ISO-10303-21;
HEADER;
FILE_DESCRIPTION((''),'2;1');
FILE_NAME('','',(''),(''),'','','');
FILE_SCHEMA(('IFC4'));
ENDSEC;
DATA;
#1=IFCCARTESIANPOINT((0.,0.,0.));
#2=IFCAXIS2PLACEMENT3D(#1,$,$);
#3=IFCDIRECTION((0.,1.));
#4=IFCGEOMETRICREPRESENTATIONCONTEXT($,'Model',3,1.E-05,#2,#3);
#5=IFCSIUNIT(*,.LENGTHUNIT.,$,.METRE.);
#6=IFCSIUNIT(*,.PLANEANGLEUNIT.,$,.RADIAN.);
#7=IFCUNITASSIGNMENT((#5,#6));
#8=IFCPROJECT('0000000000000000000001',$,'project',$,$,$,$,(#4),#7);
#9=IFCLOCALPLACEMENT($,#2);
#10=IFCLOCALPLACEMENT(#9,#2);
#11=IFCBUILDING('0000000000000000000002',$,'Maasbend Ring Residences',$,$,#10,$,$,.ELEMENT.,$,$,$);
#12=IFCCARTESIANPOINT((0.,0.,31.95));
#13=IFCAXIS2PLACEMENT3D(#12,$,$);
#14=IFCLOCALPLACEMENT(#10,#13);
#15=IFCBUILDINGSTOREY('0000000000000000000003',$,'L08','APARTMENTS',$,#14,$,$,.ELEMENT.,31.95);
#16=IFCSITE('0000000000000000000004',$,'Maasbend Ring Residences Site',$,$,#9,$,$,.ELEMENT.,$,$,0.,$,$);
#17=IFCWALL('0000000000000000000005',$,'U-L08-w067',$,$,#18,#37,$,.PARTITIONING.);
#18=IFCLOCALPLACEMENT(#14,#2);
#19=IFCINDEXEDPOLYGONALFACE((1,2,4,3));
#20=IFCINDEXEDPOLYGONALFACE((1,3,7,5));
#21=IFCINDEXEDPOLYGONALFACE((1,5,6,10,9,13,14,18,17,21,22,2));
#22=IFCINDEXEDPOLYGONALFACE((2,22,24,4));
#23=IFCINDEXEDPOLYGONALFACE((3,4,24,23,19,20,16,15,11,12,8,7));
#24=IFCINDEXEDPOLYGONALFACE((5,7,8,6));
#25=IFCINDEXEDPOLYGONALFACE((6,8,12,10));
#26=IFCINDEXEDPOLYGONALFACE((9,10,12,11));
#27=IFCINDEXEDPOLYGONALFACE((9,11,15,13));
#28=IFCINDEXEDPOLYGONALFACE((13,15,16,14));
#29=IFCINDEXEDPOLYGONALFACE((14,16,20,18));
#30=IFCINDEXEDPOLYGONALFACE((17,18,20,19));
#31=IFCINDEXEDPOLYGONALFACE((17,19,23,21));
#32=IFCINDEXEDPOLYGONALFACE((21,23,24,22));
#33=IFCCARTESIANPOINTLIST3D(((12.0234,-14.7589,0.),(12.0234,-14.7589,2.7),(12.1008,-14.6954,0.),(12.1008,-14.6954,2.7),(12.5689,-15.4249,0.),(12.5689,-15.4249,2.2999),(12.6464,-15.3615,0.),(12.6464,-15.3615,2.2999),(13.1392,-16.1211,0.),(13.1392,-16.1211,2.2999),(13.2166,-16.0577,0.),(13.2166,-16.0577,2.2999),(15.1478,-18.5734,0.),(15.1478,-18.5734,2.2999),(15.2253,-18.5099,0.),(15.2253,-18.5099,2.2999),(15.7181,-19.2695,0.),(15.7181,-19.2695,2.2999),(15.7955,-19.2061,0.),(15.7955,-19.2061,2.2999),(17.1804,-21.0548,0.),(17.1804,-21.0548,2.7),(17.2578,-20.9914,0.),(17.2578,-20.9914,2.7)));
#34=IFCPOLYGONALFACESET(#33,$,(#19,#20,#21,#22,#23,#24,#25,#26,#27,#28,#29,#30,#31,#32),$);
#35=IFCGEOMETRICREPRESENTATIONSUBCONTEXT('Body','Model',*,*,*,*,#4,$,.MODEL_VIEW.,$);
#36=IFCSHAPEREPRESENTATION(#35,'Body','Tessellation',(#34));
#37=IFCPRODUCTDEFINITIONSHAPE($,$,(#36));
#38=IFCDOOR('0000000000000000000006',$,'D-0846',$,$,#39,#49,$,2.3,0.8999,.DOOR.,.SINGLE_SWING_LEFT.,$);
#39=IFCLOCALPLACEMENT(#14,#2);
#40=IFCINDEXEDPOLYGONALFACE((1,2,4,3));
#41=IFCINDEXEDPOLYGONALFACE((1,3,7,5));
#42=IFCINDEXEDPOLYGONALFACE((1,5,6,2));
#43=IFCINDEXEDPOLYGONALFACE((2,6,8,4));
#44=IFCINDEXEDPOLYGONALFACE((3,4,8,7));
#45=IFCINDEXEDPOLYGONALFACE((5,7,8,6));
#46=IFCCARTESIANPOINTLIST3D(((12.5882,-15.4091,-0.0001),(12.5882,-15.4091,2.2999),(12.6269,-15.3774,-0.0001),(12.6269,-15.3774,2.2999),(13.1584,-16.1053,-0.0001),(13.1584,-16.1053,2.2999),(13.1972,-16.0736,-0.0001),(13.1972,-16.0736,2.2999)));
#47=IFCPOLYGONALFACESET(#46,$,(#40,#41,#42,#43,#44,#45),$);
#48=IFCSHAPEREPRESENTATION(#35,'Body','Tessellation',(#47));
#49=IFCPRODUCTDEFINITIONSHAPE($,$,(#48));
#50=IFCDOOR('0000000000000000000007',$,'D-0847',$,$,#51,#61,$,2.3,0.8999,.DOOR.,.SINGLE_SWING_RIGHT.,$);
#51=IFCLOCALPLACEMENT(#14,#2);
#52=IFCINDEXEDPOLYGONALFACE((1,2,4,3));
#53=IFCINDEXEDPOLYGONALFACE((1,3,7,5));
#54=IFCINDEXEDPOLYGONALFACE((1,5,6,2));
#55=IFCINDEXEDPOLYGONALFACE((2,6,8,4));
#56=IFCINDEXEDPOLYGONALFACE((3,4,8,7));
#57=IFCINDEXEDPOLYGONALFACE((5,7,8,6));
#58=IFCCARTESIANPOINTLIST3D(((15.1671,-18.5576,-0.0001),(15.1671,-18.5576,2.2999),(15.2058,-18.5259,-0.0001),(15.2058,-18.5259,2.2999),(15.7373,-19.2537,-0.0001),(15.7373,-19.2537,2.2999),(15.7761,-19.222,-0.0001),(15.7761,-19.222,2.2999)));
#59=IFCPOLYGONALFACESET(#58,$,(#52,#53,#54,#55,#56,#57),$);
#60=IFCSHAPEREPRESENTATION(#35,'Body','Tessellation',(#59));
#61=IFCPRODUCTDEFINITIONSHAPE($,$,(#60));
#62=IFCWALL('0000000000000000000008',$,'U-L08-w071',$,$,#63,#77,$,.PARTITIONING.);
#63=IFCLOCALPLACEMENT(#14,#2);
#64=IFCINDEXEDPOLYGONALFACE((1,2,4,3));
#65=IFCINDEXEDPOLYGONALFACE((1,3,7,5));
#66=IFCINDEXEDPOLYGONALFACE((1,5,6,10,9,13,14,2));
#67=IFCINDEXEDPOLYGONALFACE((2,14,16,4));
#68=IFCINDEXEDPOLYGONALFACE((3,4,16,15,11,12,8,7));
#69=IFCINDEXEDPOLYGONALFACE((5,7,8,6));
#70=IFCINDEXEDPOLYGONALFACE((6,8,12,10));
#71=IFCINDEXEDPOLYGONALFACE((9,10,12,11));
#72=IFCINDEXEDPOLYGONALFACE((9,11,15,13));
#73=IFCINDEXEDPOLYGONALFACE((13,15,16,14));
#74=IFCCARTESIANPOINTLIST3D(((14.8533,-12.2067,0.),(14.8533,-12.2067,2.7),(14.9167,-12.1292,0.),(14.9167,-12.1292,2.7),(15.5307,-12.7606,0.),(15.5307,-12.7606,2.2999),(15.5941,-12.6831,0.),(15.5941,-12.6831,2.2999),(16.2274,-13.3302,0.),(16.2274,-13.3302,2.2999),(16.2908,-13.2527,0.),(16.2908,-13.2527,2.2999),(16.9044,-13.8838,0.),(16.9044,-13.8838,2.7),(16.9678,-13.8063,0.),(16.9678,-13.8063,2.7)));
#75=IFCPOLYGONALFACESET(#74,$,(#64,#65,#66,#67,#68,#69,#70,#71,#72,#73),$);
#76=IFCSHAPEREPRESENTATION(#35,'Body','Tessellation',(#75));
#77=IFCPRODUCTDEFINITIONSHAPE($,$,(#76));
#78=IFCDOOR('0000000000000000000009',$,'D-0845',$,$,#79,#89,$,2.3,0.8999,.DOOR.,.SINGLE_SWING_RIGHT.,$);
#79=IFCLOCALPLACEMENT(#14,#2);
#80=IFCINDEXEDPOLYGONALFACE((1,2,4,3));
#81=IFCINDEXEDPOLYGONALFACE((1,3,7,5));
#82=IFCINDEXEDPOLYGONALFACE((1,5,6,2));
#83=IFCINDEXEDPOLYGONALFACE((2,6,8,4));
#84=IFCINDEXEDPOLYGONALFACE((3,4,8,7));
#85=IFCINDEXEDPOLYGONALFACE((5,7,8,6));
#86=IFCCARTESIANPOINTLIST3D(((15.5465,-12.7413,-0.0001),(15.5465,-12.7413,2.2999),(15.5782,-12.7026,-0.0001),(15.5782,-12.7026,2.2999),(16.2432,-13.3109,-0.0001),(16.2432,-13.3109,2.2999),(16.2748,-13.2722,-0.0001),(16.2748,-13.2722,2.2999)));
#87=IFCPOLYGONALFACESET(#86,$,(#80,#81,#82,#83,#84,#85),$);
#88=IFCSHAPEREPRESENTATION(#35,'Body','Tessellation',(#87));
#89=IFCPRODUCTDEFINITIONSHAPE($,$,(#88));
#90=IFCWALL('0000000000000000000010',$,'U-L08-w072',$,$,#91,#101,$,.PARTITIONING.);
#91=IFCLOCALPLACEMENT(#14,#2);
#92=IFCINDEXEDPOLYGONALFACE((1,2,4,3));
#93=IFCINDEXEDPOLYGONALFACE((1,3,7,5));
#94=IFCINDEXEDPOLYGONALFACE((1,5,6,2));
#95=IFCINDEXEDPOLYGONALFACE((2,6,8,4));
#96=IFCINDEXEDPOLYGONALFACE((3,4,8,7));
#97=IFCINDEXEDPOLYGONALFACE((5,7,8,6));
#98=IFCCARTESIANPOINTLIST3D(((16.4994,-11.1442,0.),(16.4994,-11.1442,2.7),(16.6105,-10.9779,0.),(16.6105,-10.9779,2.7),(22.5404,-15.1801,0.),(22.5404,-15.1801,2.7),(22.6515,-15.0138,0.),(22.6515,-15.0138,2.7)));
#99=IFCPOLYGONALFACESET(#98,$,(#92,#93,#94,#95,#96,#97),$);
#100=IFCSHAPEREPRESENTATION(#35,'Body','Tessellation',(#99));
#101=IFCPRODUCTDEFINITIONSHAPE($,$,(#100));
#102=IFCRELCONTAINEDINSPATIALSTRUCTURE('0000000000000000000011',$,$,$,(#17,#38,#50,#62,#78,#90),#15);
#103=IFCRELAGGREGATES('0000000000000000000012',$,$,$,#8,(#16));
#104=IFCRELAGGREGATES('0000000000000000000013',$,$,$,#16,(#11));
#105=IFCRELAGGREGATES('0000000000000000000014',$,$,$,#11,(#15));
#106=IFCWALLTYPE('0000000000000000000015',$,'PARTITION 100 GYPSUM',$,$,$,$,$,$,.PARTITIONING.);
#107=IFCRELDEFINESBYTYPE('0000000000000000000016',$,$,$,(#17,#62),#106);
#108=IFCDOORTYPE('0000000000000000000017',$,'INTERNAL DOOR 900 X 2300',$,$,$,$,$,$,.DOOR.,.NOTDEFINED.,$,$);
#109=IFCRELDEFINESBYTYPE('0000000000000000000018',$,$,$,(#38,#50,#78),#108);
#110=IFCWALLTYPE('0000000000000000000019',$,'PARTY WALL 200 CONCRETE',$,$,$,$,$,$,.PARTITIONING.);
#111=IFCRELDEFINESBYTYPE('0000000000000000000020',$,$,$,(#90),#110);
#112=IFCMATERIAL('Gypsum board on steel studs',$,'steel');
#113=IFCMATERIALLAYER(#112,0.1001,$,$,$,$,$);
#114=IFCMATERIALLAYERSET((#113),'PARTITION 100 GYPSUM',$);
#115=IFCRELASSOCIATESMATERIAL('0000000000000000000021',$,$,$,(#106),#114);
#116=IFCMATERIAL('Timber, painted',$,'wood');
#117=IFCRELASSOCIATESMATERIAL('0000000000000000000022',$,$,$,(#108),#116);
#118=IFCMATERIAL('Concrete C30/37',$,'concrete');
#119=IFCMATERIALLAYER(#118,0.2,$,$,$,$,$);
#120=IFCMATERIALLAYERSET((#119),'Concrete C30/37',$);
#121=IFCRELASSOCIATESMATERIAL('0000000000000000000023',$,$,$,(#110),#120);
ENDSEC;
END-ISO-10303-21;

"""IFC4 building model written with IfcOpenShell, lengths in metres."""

from ifc_helpers import new_model, si_unit, direction, frame, frame_2d, origin, place, context, subcontext, project, spatial, rectangle, extrude, material, layer, layer_set, type_object, element, fill, save


model = new_model("IFC4")

# Units and contexts
model_context = context("Model", 3, precision=1e-05, world=origin(), true_north=direction((0.0, 1.0)))
body_context = subcontext(model_context, "Body", "Model", "MODEL_VIEW")
ifc_project = project(units=[si_unit("LENGTHUNIT", "METRE"), si_unit("PLANEANGLEUNIT", "RADIAN")], contexts=[model_context])

# Site, building, storey
site_placement = place(None, origin())
site = spatial("IfcSite", under=ifc_project, at=site_placement, Name="Maasbend Ring Residences Site", CompositionType="ELEMENT", RefElevation=0.0)
building_placement = place(site_placement, origin())
building = spatial("IfcBuilding", under=site, at=building_placement, Name="Maasbend Ring Residences", CompositionType="ELEMENT")
storey_placement = place(building_placement, frame((0.0, 0.0, 31.95)))
storey = spatial("IfcBuildingStorey", under=building, at=storey_placement, Name="L08", Description="APARTMENTS", CompositionType="ELEMENT", Elevation=31.95)

# Shared definitions
ifc_material_1 = material(Name="Gypsum board on steel studs", Category="steel")
ifc_layer_1 = layer(ifc_material_1, 0.1001)
ifc_layer_set_1 = layer_set([ifc_layer_1], Name="PARTITION 100 GYPSUM")
wall_type_1 = type_object("IfcWallType", Name="PARTITION 100 GYPSUM", PredefinedType="PARTITIONING", material=ifc_layer_set_1)

# Wall, openings, doors
wall_1_placement = place(storey_placement, frame((12.062, -14.7271, 0.0), z_axis=(0.0, 0.0, 1.0), x_axis=(0.633664, -0.773608, 0.0)))
wall_1 = element("IfcWall", 1, at=wall_1_placement, inside=storey, type_object=wall_type_1, Name="U-L08-w067", PredefinedType="PARTITIONING", context=body_context, shape_type="SweptSolid", body=[
    extrude(rectangle(XDim=8.1384, YDim=0.1001, at=frame_2d((4.0693, 0.0))), origin(), (0.0, 0.0, 1.0), 2.7),
])
opening_1_placement = place(wall_1_placement, frame((0.8611, 0.0, 0.0)))
opening_1 = element("IfcOpeningElement", 2, at=opening_1_placement, cuts=wall_1, PredefinedType="OPENING", context=body_context, shape_type="SweptSolid", body=[
    extrude(rectangle(XDim=0.8999, YDim=2.3, at=frame_2d((0.45, 1.1499))), frame((0.0, 0.0601, 0.0), z_axis=(0.0, -1.0, 0.0), x_axis=(1.0, 0.0, 0.0)), (0.0, 0.0, 1.0), 0.1201),
])
opening_2_placement = place(wall_1_placement, frame((4.9309, 0.0, 0.0)))
opening_2 = element("IfcOpeningElement", 3, at=opening_2_placement, cuts=wall_1, PredefinedType="OPENING", context=body_context, shape_type="SweptSolid", body=[
    extrude(rectangle(XDim=0.8999, YDim=2.3, at=frame_2d((0.45, 1.1499))), frame((0.0, 0.0601, 0.0), z_axis=(0.0, -1.0, 0.0), x_axis=(1.0, 0.0, 0.0)), (0.0, 0.0, 1.0), 0.1201),
])
ifc_material_2 = material(Name="Timber, painted", Category="wood")
door_type_1 = type_object("IfcDoorType", Name="INTERNAL DOOR 900 X 2300", OperationType="NOTDEFINED", PredefinedType="DOOR", material=ifc_material_2)
door_1_placement = place(opening_1_placement, origin())
door_1 = element("IfcDoor", 4, at=door_1_placement, inside=storey, type_object=door_type_1, Name="D-0846", OperationType="SINGLE_SWING_LEFT", OverallHeight=2.3, OverallWidth=0.8999, PredefinedType="DOOR", context=body_context, shape_type="SweptSolid", body=[
    extrude(rectangle(XDim=0.8999, YDim=2.3, at=frame_2d((0.45, 1.1499))), frame((0.0, 0.0249, 0.0), z_axis=(0.0, -1.0, 0.0), x_axis=(1.0, 0.0, 0.0)), (0.0, 0.0, 1.0), 0.05),
])
fill(opening_1, door_1)
door_2_placement = place(opening_2_placement, origin())
door_2 = element("IfcDoor", 5, at=door_2_placement, inside=storey, type_object=door_type_1, Name="D-0847", OperationType="SINGLE_SWING_RIGHT", OverallHeight=2.3, OverallWidth=0.8999, PredefinedType="DOOR", context=body_context, shape_type="SweptSolid", body=[
    extrude(rectangle(XDim=0.8999, YDim=2.3, at=frame_2d((0.45, 1.1499))), frame((0.0, 0.0249, 0.0), z_axis=(0.0, -1.0, 0.0), x_axis=(1.0, 0.0, 0.0)), (0.0, 0.0, 1.0), 0.05),
])
fill(opening_2, door_2)

# Wall, opening, door
wall_2_placement = place(storey_placement, frame((14.885, -12.168, 0.0), z_axis=(0.0, 0.0, 1.0), x_axis=(0.774163, -0.632987, 0.0)))
wall_2 = element("IfcWall", 6, at=wall_2_placement, inside=storey, type_object=wall_type_1, Name="U-L08-w071", PredefinedType="PARTITIONING", context=body_context, shape_type="SweptSolid", body=[
    extrude(rectangle(XDim=2.6494, YDim=0.1001, at=frame_2d((1.3247, 0.0))), origin(), (0.0, 0.0, 1.0), 2.7),
])
opening_3_placement = place(wall_2_placement, frame((0.875, 0.0, 0.0)))
opening_3 = element("IfcOpeningElement", 7, at=opening_3_placement, cuts=wall_2, PredefinedType="OPENING", context=body_context, shape_type="SweptSolid", body=[
    extrude(rectangle(XDim=0.8999, YDim=2.3, at=frame_2d((0.45, 1.1499))), frame((0.0, 0.0601, 0.0), z_axis=(0.0, -1.0, 0.0), x_axis=(1.0, 0.0, 0.0)), (0.0, 0.0, 1.0), 0.1201),
])
door_3_placement = place(opening_3_placement, origin())
door_3 = element("IfcDoor", 8, at=door_3_placement, inside=storey, type_object=door_type_1, Name="D-0845", OperationType="SINGLE_SWING_RIGHT", OverallHeight=2.3, OverallWidth=0.8999, PredefinedType="DOOR", context=body_context, shape_type="SweptSolid", body=[
    extrude(rectangle(XDim=0.8999, YDim=2.3, at=frame_2d((0.45, 1.1499))), frame((0.0, 0.0249, 0.0), z_axis=(0.0, -1.0, 0.0), x_axis=(1.0, 0.0, 0.0)), (0.0, 0.0, 1.0), 0.05),
])
fill(opening_3, door_3)

# Wall
ifc_material_3 = material(Name="Concrete C30/37", Category="concrete")
ifc_layer_2 = layer(ifc_material_3, 0.2)
ifc_layer_set_2 = layer_set([ifc_layer_2], Name="Concrete C30/37")
wall_type_2 = type_object("IfcWallType", Name="PARTY WALL 200 CONCRETE", PredefinedType="PARTITIONING", material=ifc_layer_set_2)
wall_3_placement = place(storey_placement, frame((16.5549, -11.061, 0.0), z_axis=(0.0, 0.0, 1.0), x_axis=(0.831507, -0.555514, 0.0)))
element("IfcWall", 9, at=wall_3_placement, inside=storey, type_object=wall_type_2, Name="U-L08-w072", PredefinedType="PARTITIONING", context=body_context, shape_type="SweptSolid", body=[
    extrude(rectangle(XDim=7.2651, YDim=0.2, at=frame_2d((3.6326, 0.0))), origin(), (0.0, 0.0, 1.0), 2.7),
])

save(model, "model.ifc")
